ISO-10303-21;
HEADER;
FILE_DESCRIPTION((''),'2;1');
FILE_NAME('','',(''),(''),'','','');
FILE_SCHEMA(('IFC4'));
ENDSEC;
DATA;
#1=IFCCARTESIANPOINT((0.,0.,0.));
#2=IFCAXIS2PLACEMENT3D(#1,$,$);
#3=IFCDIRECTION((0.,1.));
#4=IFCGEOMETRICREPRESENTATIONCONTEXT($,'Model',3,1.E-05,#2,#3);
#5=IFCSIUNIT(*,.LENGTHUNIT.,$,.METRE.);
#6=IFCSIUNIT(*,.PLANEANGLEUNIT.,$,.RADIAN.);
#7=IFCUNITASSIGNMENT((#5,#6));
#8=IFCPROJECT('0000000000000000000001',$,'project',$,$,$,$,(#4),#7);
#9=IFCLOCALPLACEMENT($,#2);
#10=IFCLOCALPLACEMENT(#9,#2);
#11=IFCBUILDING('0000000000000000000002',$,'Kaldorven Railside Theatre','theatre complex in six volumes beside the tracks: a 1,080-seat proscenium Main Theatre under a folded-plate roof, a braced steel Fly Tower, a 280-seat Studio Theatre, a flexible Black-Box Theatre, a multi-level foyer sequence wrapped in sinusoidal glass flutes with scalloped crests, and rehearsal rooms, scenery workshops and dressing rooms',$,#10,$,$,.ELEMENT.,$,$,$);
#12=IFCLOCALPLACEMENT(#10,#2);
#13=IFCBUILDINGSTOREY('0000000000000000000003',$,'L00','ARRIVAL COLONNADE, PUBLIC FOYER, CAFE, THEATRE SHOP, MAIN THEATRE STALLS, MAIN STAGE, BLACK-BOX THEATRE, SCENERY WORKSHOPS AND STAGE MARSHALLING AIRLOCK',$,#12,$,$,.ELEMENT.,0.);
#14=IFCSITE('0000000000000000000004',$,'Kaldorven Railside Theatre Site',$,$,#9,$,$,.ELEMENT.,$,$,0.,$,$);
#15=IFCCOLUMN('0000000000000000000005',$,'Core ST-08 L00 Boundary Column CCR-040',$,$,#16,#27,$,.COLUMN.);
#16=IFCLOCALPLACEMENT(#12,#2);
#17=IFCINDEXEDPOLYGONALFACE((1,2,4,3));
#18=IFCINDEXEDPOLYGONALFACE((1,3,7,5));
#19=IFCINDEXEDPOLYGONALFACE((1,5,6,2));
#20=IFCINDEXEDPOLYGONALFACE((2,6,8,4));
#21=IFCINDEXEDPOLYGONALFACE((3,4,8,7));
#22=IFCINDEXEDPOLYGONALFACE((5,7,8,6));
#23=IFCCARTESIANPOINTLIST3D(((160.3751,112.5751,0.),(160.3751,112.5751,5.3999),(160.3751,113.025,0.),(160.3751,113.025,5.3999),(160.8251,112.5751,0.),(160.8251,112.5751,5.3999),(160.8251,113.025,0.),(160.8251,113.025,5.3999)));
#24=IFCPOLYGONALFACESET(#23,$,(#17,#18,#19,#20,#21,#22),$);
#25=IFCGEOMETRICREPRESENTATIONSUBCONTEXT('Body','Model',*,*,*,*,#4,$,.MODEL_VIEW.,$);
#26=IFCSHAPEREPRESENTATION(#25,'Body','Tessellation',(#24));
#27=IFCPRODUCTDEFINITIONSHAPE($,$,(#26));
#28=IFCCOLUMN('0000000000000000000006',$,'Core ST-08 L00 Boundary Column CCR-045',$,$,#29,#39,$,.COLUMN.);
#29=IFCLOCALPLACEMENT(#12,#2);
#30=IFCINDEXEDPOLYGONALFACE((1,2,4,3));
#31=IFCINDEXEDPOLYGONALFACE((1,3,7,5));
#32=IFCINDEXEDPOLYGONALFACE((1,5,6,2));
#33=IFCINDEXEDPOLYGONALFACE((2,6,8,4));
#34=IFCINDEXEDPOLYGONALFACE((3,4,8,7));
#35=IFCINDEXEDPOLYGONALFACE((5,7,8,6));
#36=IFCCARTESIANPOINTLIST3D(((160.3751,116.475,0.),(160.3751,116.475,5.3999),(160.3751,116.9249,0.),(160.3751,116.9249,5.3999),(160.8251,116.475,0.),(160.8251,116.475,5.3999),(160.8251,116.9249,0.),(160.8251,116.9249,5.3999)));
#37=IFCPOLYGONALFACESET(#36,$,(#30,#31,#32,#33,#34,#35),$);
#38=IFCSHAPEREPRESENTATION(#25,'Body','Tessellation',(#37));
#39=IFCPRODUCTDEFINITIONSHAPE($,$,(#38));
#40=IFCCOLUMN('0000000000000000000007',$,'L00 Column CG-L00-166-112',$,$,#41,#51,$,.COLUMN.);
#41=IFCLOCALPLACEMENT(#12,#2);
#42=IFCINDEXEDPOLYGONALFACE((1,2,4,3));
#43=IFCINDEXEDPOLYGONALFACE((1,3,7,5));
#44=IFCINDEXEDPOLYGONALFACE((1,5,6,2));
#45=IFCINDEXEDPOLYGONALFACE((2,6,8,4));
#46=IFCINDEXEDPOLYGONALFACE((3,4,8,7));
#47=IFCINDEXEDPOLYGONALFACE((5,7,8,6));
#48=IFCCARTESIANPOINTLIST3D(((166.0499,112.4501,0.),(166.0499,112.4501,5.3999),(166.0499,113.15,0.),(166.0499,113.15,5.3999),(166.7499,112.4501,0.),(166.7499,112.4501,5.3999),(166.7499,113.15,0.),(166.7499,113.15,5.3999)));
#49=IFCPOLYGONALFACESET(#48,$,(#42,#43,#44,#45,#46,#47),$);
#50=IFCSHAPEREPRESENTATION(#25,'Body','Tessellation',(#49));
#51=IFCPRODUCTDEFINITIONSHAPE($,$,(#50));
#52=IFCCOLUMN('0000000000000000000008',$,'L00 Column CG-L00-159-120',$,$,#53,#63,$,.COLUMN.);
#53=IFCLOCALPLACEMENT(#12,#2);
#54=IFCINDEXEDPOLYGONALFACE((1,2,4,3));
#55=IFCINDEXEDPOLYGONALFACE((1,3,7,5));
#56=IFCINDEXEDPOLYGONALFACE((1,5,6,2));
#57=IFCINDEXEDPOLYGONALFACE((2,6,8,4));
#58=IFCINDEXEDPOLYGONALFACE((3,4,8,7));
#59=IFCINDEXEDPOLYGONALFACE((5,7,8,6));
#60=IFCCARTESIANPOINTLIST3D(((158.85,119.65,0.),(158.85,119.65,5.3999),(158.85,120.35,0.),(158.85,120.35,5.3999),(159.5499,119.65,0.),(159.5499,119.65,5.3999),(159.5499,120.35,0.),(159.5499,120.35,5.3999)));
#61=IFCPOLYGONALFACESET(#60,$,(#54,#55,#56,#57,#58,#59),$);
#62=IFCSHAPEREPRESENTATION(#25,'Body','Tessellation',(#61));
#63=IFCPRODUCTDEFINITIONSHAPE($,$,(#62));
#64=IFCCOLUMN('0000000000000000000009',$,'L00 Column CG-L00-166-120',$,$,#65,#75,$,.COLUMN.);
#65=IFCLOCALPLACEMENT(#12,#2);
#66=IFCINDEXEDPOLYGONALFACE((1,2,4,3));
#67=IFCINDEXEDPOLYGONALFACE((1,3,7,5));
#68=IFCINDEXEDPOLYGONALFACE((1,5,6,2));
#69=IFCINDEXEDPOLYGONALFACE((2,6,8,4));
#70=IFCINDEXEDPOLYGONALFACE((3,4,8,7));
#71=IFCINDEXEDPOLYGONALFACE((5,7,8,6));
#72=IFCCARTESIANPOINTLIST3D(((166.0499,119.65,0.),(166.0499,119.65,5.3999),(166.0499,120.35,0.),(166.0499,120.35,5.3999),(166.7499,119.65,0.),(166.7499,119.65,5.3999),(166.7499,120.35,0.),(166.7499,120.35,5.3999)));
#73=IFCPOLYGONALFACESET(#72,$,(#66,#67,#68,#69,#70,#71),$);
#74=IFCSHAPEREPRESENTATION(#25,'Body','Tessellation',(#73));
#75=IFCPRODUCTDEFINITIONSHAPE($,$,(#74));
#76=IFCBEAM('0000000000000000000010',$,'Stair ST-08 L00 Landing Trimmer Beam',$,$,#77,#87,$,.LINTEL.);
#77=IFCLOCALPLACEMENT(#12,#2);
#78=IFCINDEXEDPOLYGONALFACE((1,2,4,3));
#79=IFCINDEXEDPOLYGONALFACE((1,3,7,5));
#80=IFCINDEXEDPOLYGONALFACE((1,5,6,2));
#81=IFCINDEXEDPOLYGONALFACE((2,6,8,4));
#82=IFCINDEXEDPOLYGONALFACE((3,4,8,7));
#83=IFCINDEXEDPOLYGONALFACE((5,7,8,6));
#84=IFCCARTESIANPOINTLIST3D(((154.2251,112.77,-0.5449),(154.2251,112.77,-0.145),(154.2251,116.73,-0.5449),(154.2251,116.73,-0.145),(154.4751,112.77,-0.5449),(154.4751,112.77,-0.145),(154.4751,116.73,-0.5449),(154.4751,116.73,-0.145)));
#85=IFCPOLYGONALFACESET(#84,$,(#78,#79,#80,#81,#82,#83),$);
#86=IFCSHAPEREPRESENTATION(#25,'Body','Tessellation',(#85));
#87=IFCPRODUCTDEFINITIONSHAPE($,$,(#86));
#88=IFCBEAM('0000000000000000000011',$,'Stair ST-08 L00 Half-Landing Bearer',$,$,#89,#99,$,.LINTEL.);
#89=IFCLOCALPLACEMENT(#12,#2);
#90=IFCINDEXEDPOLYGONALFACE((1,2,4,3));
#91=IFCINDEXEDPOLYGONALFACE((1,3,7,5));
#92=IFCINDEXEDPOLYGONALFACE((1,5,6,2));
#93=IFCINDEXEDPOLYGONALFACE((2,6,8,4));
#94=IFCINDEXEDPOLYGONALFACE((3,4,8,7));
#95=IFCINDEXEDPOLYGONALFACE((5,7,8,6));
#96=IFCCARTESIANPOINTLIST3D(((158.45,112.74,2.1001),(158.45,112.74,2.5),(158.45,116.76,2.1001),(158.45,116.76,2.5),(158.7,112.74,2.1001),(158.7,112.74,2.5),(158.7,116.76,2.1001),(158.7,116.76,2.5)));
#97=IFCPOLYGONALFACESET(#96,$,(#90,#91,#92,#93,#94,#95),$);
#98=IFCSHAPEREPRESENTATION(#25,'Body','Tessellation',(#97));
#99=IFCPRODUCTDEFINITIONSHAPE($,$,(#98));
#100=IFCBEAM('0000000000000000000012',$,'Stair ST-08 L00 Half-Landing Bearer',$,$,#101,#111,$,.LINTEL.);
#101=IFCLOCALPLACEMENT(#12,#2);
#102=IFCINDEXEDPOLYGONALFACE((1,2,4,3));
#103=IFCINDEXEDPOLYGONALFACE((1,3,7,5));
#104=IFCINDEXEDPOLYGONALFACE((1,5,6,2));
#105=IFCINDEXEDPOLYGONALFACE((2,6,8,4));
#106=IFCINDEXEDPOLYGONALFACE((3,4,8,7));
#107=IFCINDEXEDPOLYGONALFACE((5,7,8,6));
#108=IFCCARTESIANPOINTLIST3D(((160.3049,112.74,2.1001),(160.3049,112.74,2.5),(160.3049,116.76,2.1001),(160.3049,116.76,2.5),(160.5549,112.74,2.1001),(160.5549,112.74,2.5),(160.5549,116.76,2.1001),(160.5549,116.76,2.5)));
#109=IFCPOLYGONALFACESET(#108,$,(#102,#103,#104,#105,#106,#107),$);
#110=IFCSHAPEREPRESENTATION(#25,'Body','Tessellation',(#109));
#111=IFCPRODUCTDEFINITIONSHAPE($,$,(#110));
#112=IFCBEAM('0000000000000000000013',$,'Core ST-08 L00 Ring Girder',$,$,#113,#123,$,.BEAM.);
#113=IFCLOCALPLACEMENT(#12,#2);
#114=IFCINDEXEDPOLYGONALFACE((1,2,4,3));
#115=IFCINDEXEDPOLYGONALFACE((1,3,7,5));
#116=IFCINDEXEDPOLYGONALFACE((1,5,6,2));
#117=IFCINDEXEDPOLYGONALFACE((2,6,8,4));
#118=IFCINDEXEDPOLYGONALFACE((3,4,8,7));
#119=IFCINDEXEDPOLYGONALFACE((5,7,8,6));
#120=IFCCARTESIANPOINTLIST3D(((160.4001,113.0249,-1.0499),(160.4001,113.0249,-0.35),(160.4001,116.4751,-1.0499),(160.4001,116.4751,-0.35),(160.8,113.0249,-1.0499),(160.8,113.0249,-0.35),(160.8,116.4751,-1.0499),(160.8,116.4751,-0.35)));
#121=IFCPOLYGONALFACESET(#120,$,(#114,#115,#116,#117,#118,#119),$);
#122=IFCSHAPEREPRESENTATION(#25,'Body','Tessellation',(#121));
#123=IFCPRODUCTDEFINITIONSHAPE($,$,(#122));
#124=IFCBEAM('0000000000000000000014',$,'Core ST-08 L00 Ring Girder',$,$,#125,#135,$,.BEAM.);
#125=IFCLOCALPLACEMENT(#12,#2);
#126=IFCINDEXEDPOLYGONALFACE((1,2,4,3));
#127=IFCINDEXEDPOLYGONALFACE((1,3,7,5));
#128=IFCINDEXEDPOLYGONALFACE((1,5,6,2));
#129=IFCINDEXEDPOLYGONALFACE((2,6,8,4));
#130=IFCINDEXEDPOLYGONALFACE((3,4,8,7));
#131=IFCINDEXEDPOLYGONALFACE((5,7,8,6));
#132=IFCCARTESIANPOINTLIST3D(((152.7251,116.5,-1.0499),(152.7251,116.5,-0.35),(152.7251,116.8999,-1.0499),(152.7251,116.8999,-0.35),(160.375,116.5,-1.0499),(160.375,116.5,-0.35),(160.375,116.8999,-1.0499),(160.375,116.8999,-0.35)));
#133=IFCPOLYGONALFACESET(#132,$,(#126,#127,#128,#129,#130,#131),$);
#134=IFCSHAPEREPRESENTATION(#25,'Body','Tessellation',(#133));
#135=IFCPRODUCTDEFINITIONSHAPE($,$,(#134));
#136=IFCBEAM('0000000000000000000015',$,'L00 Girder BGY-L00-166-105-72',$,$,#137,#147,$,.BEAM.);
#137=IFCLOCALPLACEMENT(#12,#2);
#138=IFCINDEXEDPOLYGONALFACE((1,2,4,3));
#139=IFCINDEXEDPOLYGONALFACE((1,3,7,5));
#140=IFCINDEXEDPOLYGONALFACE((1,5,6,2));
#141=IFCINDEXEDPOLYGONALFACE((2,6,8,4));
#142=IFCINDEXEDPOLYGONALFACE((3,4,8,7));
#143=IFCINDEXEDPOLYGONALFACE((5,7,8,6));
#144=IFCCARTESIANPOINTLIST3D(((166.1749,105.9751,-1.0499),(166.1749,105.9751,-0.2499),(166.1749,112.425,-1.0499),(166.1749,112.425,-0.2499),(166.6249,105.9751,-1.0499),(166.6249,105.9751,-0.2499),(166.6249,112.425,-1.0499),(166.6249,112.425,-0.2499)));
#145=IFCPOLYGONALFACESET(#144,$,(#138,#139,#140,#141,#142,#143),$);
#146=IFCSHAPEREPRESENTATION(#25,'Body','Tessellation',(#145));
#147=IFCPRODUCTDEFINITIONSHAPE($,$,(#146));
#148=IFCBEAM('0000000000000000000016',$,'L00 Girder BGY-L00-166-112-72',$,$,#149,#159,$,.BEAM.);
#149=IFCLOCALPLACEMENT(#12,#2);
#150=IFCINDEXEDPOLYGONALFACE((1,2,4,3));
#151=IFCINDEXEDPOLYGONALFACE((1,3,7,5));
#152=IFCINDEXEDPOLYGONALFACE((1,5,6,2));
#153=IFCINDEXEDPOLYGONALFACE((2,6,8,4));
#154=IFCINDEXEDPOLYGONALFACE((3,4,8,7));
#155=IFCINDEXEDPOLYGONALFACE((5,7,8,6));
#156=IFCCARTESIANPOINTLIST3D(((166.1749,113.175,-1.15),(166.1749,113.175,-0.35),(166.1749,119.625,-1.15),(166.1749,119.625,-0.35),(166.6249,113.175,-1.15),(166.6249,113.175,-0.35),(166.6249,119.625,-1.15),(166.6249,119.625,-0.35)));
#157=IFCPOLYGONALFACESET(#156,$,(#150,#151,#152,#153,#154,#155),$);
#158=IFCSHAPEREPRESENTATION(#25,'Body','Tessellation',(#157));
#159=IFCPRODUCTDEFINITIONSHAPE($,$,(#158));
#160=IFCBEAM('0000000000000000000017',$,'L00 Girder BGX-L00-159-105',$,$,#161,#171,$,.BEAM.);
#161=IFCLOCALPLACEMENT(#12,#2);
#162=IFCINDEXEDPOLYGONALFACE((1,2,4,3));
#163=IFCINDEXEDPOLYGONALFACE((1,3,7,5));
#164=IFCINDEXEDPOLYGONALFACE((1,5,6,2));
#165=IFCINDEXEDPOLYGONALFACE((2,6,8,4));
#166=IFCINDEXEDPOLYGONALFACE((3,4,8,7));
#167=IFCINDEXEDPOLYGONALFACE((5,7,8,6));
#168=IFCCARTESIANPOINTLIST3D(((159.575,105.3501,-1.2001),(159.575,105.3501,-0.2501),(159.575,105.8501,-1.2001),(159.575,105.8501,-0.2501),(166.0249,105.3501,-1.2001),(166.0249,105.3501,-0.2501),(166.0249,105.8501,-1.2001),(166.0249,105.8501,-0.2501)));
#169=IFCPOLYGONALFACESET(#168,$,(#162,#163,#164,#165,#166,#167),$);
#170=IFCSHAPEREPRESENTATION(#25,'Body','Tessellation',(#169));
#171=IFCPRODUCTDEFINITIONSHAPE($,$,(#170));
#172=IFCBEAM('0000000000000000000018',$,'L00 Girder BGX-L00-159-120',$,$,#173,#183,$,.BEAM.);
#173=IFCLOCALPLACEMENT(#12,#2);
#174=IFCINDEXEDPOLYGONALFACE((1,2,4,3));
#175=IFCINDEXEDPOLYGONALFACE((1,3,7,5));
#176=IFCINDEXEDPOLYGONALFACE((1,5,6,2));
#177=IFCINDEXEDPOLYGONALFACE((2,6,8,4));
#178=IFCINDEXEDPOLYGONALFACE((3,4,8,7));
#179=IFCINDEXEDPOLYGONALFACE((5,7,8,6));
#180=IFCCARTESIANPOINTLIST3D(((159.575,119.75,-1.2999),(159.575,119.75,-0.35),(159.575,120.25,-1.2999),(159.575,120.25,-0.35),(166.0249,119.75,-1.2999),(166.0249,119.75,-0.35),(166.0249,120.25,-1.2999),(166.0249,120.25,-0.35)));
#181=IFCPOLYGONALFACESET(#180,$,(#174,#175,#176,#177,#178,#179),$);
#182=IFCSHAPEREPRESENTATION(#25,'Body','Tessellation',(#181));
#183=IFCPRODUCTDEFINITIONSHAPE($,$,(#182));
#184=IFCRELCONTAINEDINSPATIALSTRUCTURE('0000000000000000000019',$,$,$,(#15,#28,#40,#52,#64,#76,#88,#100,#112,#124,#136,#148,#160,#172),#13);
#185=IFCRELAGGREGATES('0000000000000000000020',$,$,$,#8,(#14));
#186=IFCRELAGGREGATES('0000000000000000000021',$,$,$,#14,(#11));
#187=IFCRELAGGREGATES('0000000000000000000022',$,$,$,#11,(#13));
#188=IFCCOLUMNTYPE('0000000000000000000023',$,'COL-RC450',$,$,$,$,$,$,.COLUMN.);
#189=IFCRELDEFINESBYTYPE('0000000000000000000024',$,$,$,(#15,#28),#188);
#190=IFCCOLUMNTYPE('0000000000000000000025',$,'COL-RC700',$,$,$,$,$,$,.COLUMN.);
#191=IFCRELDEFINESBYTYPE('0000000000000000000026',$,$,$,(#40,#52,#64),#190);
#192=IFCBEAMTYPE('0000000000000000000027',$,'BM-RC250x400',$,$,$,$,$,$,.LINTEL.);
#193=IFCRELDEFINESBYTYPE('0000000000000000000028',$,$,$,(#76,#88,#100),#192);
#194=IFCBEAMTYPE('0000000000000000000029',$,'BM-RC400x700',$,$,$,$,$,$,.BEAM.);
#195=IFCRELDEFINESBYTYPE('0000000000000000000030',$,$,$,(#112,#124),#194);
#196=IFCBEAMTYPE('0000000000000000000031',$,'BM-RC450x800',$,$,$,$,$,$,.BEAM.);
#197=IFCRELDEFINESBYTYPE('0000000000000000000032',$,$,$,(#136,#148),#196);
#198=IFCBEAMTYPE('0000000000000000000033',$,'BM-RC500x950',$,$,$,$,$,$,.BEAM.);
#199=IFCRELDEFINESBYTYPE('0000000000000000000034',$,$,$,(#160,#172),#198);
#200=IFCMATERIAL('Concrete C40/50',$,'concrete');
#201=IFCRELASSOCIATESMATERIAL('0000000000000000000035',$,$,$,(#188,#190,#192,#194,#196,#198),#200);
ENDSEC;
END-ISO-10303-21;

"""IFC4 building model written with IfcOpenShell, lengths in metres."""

from ifc_helpers import new_model, si_unit, direction, frame, origin, origin_2d, place, context, subcontext, project, spatial, rectangle, extrude, material, material_profile, profile_set, type_object, element, save


model = new_model("IFC4")

# Units and contexts
model_context = context("Model", 3, precision=1e-05, world=origin(), true_north=direction((0.0, 1.0)))
body_context = subcontext(model_context, "Body", "Model", "MODEL_VIEW")
ifc_project = project(units=[si_unit("LENGTHUNIT", "METRE"), si_unit("PLANEANGLEUNIT", "RADIAN")], contexts=[model_context])

# Site, building, storey
site_placement = place(None, origin())
site = spatial("IfcSite", under=ifc_project, at=site_placement, Name="Kaldorven Railside Theatre Site", CompositionType="ELEMENT", RefElevation=0.0)
building_placement = place(site_placement, origin())
building = spatial("IfcBuilding", under=site, at=building_placement, Name="Kaldorven Railside Theatre", Description="theatre complex in six volumes beside the tracks: a 1,080-seat proscenium Main Theatre under a folded-plate roof, a braced steel Fly Tower, a 280-seat Studio Theatre, a flexible Black-Box Theatre, a multi-level foyer sequence wrapped in sinusoidal glass flutes with scalloped crests, and rehearsal rooms, scenery workshops and dressing rooms", CompositionType="ELEMENT")
storey_placement = place(building_placement, origin())
storey = spatial("IfcBuildingStorey", under=building, at=storey_placement, Name="L00", Description="ARRIVAL COLONNADE, PUBLIC FOYER, CAFE, THEATRE SHOP, MAIN THEATRE STALLS, MAIN STAGE, BLACK-BOX THEATRE, SCENERY WORKSHOPS AND STAGE MARSHALLING AIRLOCK", CompositionType="ELEMENT", Elevation=0.0)

# Columns
ifc_material_1 = material(Name="Concrete C40/50", Category="concrete")
ifc_material_profile_1 = material_profile(ifc_material_1, rectangle(XDim=0.45, YDim=0.45, at=origin_2d()), Name="RC 450x450")
ifc_profile_set_1 = profile_set([ifc_material_profile_1], Name="Concrete C40/50")
column_type_1 = type_object("IfcColumnType", Name="COL-RC450", PredefinedType="COLUMN", material=ifc_profile_set_1)
for number, where, z_axis, x_axis, name in (
    (1, (160.6001, 112.8, 0.0), (0.0, 0.0, 1.0), (1.0, 0.0, 0.0), "Core ST-08 L00 Boundary Column CCR-040"),
    (2, (160.6001, 116.7, 0.0), (0.0, 0.0, 1.0), (1.0, 0.0, 0.0), "Core ST-08 L00 Boundary Column CCR-045"),
):
    element("IfcColumn", number, at=place(storey_placement, frame(where, z_axis=z_axis, x_axis=x_axis)), inside=storey, type_object=column_type_1, Name=name, PredefinedType="COLUMN", context=body_context, shape_type="SweptSolid", body=[
        extrude(rectangle(XDim=0.45, YDim=0.45, at=origin_2d()), origin(), (0.0, 0.0, 1.0), 5.3999),
    ])
ifc_material_profile_2 = material_profile(ifc_material_1, rectangle(XDim=0.7, YDim=0.7, at=origin_2d()), Name="RC 700x700")
ifc_profile_set_2 = profile_set([ifc_material_profile_2], Name="Concrete C40/50")
column_type_2 = type_object("IfcColumnType", Name="COL-RC700", PredefinedType="COLUMN", material=ifc_profile_set_2)
for number, where, z_axis, x_axis, name in (
    (3, (166.3999, 112.8, 0.0), (0.0, 0.0, 1.0), (0.0, 1.0, 0.0), "L00 Column CG-L00-166-112"),
    (4, (159.2, 120.0, 0.0), (0.0, 0.0, 1.0), (0.0, 1.0, 0.0), "L00 Column CG-L00-159-120"),
    (5, (166.3999, 120.0, 0.0), (0.0, 0.0, 1.0), (1.0, 0.0, 0.0), "L00 Column CG-L00-166-120"),
):
    element("IfcColumn", number, at=place(storey_placement, frame(where, z_axis=z_axis, x_axis=x_axis)), inside=storey, type_object=column_type_2, Name=name, PredefinedType="COLUMN", context=body_context, shape_type="SweptSolid", body=[
        extrude(rectangle(XDim=0.7, YDim=0.7, at=origin_2d()), origin(), (0.0, 0.0, 1.0), 5.3999),
    ])

# Beams
ifc_material_profile_3 = material_profile(ifc_material_1, rectangle(XDim=0.25, YDim=0.3999, at=origin_2d()), Name="RC 250x400")
ifc_profile_set_3 = profile_set([ifc_material_profile_3], Name="Concrete C40/50")
beam_type_1 = type_object("IfcBeamType", Name="BM-RC250x400", PredefinedType="LINTEL", material=ifc_profile_set_3)
beam_1_placement = place(storey_placement, frame((154.3501, 112.77, -0.345), z_axis=(0.0, 1.0, 0.0), x_axis=(-1.0, 0.0, 0.0)))
element("IfcBeam", 6, at=beam_1_placement, inside=storey, type_object=beam_type_1, Name="Stair ST-08 L00 Landing Trimmer Beam", PredefinedType="LINTEL", context=body_context, shape_type="SweptSolid", body=[
    extrude(rectangle(XDim=0.25, YDim=0.3999, at=origin_2d()), origin(), (0.0, 0.0, 1.0), 3.96),
])
for number, where, z_axis, x_axis, name in (
    (7, (158.575, 112.74, 2.3), (0.0, 1.0, 0.0), (-1.0, 0.0, 0.0), "Stair ST-08 L00 Half-Landing Bearer"),
    (8, (160.4299, 112.74, 2.3), (0.0, 1.0, 0.0), (-1.0, 0.0, 0.0), "Stair ST-08 L00 Half-Landing Bearer"),
):
    element("IfcBeam", number, at=place(storey_placement, frame(where, z_axis=z_axis, x_axis=x_axis)), inside=storey, type_object=beam_type_1, Name=name, PredefinedType="LINTEL", context=body_context, shape_type="SweptSolid", body=[
        extrude(rectangle(XDim=0.25, YDim=0.3999, at=origin_2d()), origin(), (0.0, 0.0, 1.0), 4.02),
    ])
ifc_material_profile_4 = material_profile(ifc_material_1, rectangle(XDim=0.3999, YDim=0.7, at=origin_2d()), Name="RC 400x700")
ifc_profile_set_4 = profile_set([ifc_material_profile_4], Name="Concrete C40/50")
beam_type_2 = type_object("IfcBeamType", Name="BM-RC400x700", PredefinedType="BEAM", material=ifc_profile_set_4)
beam_2_placement = place(storey_placement, frame((160.6001, 113.0249, -0.7), z_axis=(0.0, 1.0, 0.0), x_axis=(-1.0, 0.0, 0.0)))
element("IfcBeam", 9, at=beam_2_placement, inside=storey, type_object=beam_type_2, Name="Core ST-08 L00 Ring Girder", PredefinedType="BEAM", context=body_context, shape_type="SweptSolid", body=[
    extrude(rectangle(XDim=0.3999, YDim=0.7, at=origin_2d()), origin(), (0.0, 0.0, 1.0), 3.4502),
])
beam_3_placement = place(storey_placement, frame((160.375, 116.7, -0.7), z_axis=(-1.0, 0.0, 0.0), x_axis=(0.0, -1.0, 0.0)))
element("IfcBeam", 10, at=beam_3_placement, inside=storey, type_object=beam_type_2, Name="Core ST-08 L00 Ring Girder", PredefinedType="BEAM", context=body_context, shape_type="SweptSolid", body=[
    extrude(rectangle(XDim=0.3999, YDim=0.7, at=origin_2d()), origin(), (0.0, 0.0, 1.0), 7.6499),
])
ifc_material_profile_5 = material_profile(ifc_material_1, rectangle(XDim=0.45, YDim=0.8, at=origin_2d()), Name="RC 450x800")
ifc_profile_set_5 = profile_set([ifc_material_profile_5], Name="Concrete C40/50")
beam_type_3 = type_object("IfcBeamType", Name="BM-RC450x800", PredefinedType="BEAM", material=ifc_profile_set_5)
for number, where, z_axis, x_axis, name in (
    (11, (166.3999, 105.9751, -0.6499), (0.0, 1.0, 0.0), (-1.0, 0.0, 0.0), "L00 Girder BGY-L00-166-105-72"),
    (12, (166.3999, 113.175, -0.75), (0.0, 1.0, 0.0), (-1.0, 0.0, 0.0), "L00 Girder BGY-L00-166-112-72"),
):
    element("IfcBeam", number, at=place(storey_placement, frame(where, z_axis=z_axis, x_axis=x_axis)), inside=storey, type_object=beam_type_3, Name=name, PredefinedType="BEAM", context=body_context, shape_type="SweptSolid", body=[
        extrude(rectangle(XDim=0.45, YDim=0.8, at=origin_2d()), origin(), (0.0, 0.0, 1.0), 6.45),
    ])
ifc_material_profile_6 = material_profile(ifc_material_1, rectangle(XDim=0.5, YDim=0.95, at=origin_2d()), Name="RC 500x950")
ifc_profile_set_6 = profile_set([ifc_material_profile_6], Name="Concrete C40/50")
beam_type_4 = type_object("IfcBeamType", Name="BM-RC500x950", PredefinedType="BEAM", material=ifc_profile_set_6)
for number, where, z_axis, x_axis, name in (
    (13, (159.575, 105.6001, -0.7251), (1.0, 0.0, 0.0), (0.0, 1.0, 0.0), "L00 Girder BGX-L00-159-105"),
    (14, (159.575, 120.0, -0.825), (1.0, 0.0, 0.0), (0.0, 1.0, 0.0), "L00 Girder BGX-L00-159-120"),
):
    element("IfcBeam", number, at=place(storey_placement, frame(where, z_axis=z_axis, x_axis=x_axis)), inside=storey, type_object=beam_type_4, Name=name, PredefinedType="BEAM", context=body_context, shape_type="SweptSolid", body=[
        extrude(rectangle(XDim=0.5, YDim=0.95, at=origin_2d()), origin(), (0.0, 0.0, 1.0), 6.45),
    ])

save(model, "model.ifc")
